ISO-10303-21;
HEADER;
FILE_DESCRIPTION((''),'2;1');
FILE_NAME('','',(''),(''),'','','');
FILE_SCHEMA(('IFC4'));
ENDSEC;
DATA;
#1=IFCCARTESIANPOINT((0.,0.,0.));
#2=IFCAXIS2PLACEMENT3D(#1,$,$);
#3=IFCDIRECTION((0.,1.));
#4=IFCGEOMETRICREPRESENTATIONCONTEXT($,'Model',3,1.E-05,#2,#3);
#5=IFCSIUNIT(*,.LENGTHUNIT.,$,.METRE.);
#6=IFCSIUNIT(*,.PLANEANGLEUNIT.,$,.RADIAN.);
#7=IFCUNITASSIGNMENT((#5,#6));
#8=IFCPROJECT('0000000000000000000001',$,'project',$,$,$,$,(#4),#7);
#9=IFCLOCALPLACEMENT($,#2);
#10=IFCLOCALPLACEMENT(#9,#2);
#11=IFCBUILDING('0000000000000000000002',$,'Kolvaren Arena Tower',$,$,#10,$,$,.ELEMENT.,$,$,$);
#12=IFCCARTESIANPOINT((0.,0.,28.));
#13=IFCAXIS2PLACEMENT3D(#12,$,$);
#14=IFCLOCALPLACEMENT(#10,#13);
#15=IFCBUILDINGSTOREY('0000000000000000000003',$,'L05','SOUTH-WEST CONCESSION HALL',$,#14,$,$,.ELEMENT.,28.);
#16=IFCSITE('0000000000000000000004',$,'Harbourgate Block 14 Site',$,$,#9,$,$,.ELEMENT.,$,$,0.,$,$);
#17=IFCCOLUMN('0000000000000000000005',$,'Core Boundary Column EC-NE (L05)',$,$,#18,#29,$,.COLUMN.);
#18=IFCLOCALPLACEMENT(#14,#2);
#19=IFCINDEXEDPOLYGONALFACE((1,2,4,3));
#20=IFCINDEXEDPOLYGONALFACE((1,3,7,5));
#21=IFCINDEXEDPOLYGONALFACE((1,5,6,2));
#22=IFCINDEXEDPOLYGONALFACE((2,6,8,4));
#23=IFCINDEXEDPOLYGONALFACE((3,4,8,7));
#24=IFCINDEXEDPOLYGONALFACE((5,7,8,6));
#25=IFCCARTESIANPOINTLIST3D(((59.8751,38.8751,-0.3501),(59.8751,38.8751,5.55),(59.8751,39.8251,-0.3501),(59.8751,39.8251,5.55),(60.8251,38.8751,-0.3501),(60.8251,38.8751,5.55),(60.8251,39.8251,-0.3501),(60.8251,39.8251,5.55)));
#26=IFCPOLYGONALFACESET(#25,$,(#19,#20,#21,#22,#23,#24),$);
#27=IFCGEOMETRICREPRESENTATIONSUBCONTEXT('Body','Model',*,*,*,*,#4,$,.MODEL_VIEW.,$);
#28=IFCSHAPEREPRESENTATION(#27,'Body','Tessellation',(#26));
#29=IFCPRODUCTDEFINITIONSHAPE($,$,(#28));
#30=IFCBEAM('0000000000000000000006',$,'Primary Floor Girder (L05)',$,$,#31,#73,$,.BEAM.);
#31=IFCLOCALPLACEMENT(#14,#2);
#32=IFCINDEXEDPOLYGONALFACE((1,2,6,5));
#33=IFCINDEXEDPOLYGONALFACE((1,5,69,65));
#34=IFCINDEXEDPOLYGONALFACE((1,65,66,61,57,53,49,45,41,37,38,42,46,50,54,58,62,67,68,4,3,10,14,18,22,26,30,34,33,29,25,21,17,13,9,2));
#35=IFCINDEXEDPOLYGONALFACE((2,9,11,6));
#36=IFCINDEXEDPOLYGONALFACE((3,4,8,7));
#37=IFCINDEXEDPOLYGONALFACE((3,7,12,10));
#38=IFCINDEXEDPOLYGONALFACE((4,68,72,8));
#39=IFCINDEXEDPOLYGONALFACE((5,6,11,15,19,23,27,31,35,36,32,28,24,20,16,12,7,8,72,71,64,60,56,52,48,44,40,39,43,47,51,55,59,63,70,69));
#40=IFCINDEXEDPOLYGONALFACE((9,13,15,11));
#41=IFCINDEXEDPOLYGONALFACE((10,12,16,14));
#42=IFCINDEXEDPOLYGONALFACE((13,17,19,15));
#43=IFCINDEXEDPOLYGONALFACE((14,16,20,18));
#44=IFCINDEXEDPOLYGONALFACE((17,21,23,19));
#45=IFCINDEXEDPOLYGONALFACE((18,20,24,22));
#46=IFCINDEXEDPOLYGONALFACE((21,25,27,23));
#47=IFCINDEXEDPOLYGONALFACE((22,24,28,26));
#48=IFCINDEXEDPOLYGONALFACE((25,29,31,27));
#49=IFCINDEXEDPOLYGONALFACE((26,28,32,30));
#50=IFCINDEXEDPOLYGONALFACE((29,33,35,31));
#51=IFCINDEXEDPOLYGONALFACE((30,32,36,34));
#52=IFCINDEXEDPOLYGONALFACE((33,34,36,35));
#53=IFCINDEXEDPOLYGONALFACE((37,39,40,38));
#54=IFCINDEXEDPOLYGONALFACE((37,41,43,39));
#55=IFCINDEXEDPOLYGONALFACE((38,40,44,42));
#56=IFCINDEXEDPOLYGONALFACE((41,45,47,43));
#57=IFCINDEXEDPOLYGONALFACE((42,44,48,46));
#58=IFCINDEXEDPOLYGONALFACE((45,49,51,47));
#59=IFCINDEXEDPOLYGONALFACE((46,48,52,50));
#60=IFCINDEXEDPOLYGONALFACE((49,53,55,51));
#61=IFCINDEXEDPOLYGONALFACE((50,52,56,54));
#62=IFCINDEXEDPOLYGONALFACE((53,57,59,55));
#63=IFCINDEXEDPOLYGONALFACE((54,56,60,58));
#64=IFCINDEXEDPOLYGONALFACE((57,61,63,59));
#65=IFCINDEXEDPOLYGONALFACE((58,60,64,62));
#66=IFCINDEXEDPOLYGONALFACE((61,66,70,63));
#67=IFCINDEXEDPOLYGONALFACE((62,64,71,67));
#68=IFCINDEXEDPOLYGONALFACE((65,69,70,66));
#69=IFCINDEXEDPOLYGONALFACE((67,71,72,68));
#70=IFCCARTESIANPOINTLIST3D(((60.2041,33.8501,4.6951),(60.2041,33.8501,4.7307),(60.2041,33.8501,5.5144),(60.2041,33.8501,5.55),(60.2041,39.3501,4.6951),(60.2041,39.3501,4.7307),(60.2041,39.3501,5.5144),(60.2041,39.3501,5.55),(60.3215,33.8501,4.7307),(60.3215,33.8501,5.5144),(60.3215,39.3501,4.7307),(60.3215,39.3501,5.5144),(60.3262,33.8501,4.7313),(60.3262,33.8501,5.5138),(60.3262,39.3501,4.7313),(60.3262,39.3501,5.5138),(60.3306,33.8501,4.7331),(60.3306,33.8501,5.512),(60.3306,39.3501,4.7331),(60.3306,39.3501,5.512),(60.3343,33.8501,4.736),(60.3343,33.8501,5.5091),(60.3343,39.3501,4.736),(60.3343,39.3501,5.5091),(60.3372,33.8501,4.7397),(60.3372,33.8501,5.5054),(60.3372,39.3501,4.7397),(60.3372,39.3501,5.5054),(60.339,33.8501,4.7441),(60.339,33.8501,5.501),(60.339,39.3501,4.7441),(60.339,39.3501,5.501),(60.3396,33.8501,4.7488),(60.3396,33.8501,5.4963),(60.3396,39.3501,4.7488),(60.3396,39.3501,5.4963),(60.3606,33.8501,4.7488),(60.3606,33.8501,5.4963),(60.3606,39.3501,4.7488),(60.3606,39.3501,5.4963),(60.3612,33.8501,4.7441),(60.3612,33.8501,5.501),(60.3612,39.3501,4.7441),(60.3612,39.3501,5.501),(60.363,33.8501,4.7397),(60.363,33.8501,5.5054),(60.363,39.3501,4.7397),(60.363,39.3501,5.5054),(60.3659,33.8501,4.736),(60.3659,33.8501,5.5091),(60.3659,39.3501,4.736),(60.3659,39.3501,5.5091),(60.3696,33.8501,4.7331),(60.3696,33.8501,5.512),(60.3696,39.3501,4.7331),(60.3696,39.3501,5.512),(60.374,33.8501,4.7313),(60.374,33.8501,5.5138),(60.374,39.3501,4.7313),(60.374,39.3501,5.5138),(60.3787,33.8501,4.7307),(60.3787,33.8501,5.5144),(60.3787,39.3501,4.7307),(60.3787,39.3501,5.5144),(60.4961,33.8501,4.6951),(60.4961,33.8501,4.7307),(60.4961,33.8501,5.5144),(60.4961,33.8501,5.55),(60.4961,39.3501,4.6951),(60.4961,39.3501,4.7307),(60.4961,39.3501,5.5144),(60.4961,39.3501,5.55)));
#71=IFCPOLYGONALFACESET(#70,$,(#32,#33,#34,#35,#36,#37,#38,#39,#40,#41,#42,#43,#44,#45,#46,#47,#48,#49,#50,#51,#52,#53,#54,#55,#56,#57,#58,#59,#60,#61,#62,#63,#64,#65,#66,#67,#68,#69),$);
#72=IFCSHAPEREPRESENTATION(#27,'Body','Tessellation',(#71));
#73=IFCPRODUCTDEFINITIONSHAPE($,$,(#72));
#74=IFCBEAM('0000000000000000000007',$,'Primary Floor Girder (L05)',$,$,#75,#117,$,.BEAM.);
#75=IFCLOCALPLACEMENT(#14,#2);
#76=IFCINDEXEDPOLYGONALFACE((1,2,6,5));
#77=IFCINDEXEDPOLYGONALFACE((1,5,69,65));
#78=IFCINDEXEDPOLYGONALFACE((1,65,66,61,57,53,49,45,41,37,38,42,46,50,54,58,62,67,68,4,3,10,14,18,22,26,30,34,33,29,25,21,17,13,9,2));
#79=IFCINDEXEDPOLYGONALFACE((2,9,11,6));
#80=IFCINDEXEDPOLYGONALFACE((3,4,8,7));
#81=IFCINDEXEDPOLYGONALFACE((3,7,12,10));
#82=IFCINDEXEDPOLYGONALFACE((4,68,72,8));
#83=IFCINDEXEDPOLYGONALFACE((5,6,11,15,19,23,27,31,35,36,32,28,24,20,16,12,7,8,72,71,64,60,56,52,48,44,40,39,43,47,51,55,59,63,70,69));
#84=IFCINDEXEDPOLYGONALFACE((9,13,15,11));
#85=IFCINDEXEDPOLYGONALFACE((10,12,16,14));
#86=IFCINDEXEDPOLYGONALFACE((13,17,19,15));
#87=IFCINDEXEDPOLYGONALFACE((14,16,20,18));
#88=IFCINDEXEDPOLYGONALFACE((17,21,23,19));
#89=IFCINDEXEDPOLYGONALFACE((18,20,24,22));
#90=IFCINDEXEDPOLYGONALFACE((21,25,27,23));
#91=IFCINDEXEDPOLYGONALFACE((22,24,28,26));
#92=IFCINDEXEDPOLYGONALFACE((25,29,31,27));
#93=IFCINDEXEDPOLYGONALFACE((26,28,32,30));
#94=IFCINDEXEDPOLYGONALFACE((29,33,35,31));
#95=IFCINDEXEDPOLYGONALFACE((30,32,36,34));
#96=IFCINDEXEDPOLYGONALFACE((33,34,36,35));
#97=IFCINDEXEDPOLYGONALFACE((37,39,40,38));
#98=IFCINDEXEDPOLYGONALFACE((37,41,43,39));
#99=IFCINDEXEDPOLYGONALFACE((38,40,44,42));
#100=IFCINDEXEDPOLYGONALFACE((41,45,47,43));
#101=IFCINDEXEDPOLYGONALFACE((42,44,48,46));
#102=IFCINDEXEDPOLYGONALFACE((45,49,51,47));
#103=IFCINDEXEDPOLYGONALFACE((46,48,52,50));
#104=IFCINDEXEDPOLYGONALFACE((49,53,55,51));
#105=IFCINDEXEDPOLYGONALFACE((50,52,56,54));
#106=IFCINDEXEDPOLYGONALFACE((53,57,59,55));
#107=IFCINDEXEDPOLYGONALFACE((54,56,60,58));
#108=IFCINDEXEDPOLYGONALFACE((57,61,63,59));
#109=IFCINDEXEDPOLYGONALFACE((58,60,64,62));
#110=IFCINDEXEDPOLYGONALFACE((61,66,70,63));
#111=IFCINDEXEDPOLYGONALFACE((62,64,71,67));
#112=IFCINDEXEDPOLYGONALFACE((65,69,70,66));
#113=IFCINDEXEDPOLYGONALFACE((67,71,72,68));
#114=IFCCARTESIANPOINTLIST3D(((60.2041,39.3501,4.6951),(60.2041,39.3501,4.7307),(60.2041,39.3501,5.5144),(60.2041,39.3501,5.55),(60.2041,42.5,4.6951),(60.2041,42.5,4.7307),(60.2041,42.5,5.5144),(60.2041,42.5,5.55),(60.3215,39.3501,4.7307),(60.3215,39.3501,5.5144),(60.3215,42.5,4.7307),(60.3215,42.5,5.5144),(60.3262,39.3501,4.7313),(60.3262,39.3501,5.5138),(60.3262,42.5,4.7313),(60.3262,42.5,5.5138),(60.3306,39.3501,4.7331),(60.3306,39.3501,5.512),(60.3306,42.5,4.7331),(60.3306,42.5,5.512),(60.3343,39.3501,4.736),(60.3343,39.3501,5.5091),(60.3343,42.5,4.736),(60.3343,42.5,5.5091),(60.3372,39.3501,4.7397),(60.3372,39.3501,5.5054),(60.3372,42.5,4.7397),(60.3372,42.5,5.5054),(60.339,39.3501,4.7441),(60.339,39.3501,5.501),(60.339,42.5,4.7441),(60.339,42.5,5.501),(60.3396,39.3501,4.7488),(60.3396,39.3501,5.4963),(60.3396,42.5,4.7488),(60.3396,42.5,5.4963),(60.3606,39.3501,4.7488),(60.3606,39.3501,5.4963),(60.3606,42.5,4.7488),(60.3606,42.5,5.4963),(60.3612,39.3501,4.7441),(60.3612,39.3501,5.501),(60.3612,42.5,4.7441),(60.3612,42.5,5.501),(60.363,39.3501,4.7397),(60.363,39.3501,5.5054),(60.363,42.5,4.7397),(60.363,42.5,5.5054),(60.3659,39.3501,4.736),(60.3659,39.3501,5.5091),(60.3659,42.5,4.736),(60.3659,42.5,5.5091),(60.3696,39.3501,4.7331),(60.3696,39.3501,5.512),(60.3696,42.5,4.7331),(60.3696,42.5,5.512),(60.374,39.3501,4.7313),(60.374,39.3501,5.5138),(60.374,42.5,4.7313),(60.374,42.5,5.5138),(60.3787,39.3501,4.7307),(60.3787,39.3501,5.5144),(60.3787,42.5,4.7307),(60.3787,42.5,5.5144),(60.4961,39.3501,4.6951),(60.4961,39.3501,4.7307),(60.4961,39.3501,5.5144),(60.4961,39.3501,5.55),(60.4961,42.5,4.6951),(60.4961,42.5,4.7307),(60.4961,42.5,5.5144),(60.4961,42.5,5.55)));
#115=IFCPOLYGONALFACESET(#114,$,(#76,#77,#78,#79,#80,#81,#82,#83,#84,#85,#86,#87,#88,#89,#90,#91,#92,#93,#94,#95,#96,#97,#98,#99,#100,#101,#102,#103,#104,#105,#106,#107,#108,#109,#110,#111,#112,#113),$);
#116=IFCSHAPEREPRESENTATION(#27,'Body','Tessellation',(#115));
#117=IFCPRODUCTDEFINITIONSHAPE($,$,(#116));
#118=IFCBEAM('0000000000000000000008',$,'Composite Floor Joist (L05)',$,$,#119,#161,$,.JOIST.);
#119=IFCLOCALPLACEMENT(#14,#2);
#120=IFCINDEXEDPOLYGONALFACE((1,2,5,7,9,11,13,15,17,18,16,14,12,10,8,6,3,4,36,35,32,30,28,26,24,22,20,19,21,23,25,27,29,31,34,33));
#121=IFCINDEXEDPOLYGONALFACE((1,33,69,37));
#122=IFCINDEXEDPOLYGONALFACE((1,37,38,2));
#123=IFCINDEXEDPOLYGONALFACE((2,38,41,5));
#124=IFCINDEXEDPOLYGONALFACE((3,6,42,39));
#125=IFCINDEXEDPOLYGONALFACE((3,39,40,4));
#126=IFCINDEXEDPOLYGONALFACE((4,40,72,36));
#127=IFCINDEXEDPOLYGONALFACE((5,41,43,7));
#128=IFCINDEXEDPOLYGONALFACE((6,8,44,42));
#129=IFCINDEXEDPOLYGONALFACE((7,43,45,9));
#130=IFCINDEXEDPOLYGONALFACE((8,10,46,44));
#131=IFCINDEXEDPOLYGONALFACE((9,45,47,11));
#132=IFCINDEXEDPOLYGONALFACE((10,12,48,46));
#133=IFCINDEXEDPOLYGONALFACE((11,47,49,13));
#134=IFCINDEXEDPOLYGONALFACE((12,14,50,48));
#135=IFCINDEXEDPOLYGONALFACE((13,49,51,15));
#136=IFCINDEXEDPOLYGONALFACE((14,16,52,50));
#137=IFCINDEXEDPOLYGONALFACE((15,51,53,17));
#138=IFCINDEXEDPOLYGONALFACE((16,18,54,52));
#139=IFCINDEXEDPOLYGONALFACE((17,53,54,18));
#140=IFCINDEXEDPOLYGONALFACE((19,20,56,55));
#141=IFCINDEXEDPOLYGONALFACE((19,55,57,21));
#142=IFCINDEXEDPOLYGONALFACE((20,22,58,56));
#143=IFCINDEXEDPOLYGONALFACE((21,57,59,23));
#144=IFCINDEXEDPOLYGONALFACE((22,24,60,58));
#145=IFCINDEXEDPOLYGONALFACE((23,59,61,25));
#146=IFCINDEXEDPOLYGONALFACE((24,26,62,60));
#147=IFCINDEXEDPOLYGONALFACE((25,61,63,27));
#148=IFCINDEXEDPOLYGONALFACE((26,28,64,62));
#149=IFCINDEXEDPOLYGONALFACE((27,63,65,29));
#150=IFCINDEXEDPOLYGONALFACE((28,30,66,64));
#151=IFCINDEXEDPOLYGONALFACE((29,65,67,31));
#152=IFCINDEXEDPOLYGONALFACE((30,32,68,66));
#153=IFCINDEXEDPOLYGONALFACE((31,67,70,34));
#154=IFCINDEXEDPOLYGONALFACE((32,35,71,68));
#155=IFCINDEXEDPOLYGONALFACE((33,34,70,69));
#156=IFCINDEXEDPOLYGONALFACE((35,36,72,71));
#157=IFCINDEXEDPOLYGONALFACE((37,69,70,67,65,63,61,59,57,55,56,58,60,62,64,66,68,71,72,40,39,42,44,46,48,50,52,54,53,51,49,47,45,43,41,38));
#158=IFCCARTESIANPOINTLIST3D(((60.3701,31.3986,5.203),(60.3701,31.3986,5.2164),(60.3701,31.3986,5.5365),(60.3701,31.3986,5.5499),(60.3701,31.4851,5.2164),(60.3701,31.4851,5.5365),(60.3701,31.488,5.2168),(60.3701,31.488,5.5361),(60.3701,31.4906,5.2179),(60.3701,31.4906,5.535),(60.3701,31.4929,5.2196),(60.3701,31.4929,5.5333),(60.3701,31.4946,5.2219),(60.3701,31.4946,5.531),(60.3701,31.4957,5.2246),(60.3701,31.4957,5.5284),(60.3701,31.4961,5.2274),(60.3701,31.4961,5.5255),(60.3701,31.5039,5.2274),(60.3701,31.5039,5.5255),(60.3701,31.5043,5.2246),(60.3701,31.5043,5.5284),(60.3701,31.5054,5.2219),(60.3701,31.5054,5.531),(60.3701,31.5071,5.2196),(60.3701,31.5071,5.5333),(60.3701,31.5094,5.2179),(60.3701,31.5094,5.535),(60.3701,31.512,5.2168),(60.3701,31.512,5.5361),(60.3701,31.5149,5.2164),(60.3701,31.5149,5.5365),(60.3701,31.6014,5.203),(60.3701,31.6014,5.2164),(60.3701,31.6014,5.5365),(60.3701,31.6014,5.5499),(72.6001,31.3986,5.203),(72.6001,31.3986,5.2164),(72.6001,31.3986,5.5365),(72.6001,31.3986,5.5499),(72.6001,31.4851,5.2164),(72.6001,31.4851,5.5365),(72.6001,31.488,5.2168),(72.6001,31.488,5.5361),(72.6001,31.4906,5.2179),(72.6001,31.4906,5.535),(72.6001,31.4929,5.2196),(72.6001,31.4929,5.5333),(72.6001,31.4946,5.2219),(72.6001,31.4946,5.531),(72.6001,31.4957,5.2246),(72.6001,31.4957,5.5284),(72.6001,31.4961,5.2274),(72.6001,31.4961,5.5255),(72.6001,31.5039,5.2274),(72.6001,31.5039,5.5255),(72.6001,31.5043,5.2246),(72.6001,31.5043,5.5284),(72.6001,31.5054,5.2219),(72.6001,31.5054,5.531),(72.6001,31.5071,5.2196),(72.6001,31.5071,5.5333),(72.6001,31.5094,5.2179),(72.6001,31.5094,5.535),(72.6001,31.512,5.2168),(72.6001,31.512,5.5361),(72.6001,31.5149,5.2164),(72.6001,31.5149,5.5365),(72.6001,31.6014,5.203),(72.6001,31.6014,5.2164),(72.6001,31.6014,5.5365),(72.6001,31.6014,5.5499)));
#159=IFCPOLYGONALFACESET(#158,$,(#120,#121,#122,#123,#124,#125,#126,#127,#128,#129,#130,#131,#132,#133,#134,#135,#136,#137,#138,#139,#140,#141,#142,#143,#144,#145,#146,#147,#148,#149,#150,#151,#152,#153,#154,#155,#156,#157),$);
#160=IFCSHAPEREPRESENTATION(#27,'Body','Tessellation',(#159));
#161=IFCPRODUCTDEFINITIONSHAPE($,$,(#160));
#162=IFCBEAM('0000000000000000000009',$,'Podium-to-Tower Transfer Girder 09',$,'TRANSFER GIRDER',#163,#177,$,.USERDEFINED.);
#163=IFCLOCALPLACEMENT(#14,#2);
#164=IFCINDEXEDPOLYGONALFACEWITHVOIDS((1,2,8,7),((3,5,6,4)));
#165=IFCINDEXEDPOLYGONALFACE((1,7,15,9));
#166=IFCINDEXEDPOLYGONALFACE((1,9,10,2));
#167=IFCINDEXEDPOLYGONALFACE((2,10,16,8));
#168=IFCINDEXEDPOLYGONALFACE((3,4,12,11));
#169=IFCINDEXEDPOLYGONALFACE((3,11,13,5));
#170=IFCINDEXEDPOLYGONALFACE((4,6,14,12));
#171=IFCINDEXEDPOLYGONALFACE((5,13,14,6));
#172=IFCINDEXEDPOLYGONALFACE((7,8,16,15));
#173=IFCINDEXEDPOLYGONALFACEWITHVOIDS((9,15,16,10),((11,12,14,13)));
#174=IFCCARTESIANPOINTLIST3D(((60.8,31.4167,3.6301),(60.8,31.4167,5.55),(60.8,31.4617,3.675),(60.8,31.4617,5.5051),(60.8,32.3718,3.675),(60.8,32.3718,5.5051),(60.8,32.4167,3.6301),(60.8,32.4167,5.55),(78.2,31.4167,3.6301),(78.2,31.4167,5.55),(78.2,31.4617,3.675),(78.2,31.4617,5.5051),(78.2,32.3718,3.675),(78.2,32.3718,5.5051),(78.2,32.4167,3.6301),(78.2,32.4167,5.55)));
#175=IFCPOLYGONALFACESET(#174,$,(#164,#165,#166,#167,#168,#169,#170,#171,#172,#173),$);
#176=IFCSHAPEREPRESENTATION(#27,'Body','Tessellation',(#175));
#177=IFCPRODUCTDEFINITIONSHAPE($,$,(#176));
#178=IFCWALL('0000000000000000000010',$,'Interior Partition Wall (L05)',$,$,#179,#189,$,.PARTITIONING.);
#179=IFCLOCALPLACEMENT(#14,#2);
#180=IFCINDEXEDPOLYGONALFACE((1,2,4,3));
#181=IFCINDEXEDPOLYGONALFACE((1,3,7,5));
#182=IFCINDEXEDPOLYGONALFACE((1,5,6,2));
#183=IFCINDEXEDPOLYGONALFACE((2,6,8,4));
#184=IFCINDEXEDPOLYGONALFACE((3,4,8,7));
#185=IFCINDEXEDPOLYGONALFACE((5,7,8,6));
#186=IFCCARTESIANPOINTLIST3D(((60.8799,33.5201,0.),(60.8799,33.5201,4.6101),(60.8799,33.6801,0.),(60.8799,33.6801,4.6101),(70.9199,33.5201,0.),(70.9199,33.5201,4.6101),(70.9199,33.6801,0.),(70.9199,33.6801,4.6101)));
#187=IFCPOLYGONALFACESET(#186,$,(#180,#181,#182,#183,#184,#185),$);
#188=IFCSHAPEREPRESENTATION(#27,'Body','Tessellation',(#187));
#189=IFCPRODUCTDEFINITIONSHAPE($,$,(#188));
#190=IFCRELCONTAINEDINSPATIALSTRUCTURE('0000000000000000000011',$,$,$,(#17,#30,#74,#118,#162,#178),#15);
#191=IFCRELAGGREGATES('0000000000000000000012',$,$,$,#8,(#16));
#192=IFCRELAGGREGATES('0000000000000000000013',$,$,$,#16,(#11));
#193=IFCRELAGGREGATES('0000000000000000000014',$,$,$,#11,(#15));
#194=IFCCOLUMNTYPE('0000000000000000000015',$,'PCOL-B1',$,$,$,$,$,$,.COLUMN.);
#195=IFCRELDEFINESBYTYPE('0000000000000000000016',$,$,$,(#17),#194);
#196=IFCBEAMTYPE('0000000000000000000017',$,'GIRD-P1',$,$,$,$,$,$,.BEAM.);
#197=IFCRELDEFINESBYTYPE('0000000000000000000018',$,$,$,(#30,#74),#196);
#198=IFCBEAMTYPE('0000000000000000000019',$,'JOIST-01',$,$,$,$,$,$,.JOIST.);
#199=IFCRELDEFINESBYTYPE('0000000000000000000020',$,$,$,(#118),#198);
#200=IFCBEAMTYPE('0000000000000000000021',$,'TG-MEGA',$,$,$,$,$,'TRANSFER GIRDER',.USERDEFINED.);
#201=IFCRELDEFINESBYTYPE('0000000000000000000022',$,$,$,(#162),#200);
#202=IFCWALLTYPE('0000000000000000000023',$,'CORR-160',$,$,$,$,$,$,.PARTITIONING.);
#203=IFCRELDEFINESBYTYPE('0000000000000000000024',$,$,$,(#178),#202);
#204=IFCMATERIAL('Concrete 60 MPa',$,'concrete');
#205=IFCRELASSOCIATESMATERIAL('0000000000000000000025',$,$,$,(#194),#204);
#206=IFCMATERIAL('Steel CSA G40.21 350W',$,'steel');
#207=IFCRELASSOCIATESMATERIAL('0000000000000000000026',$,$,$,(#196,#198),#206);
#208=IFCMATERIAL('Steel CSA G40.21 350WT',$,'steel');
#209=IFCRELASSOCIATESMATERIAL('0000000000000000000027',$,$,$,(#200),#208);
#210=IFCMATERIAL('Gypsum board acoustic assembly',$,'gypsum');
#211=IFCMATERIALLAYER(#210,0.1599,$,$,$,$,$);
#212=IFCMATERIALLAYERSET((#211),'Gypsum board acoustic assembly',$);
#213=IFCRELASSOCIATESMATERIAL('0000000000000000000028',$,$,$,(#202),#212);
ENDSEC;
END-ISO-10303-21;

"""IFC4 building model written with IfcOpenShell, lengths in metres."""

from ifc_helpers import new_model, si_unit, direction, frame, frame_2d, origin, origin_2d, place, context, subcontext, project, spatial, rectangle, hollow_rectangle, i_section, extrude, material, layer, layer_set, material_profile, profile_set, type_object, element, save


model = new_model("IFC4")

# Units and contexts
model_context = context("Model", 3, precision=1e-05, world=origin(), true_north=direction((0.0, 1.0)))
body_context = subcontext(model_context, "Body", "Model", "MODEL_VIEW")
ifc_project = project(units=[si_unit("LENGTHUNIT", "METRE"), si_unit("PLANEANGLEUNIT", "RADIAN")], contexts=[model_context])

# Site, building, storey
site_placement = place(None, origin())
site = spatial("IfcSite", under=ifc_project, at=site_placement, Name="Harbourgate Block 14 Site", CompositionType="ELEMENT", RefElevation=0.0)
building_placement = place(site_placement, origin())
building = spatial("IfcBuilding", under=site, at=building_placement, Name="Kolvaren Arena Tower", CompositionType="ELEMENT")
storey_placement = place(building_placement, frame((0.0, 0.0, 28.0)))
storey = spatial("IfcBuildingStorey", under=building, at=storey_placement, Name="L05", Description="SOUTH-WEST CONCESSION HALL", CompositionType="ELEMENT", Elevation=28.0)

# Column
ifc_material_1 = material(Name="Concrete 60 MPa", Category="concrete")
ifc_material_profile_1 = material_profile(ifc_material_1, rectangle(XDim=0.95, YDim=0.95, at=origin_2d()), Name="RC-950x950")
ifc_profile_set_1 = profile_set([ifc_material_profile_1], Name="Concrete 60 MPa")
column_type = type_object("IfcColumnType", Name="PCOL-B1", PredefinedType="COLUMN", material=ifc_profile_set_1)
column_placement = place(storey_placement, frame((60.3501, 39.3501, -0.3501), z_axis=(0.0, 0.0, 1.0), x_axis=(1.0, 0.0, 0.0)))
element("IfcColumn", 1, at=column_placement, inside=storey, type_object=column_type, Name="Core Boundary Column EC-NE (L05)", PredefinedType="COLUMN", context=body_context, shape_type="SweptSolid", body=[
    extrude(rectangle(XDim=0.95, YDim=0.95, at=origin_2d()), origin(), (0.0, 0.0, 1.0), 5.9001),
])

# Beams
ifc_material_2 = material(Name="Steel CSA G40.21 350W", Category="steel")
ifc_material_profile_2 = material_profile(ifc_material_2, i_section(OverallWidth=0.292, OverallDepth=0.855, WebThickness=0.021, FlangeThickness=0.0356, FilletRadius=0.0181, at=origin_2d()), Name="W840x299")
ifc_profile_set_2 = profile_set([ifc_material_profile_2], Name="Steel CSA G40.21 350W")
beam_type_1 = type_object("IfcBeamType", Name="GIRD-P1", PredefinedType="BEAM", material=ifc_profile_set_2)
beam_1_placement = place(storey_placement, frame((60.3501, 33.8501, 5.1226), z_axis=(0.0, 1.0, 0.0), x_axis=(-1.0, 0.0, 0.0)))
element("IfcBeam", 2, at=beam_1_placement, inside=storey, type_object=beam_type_1, Name="Primary Floor Girder (L05)", PredefinedType="BEAM", context=body_context, shape_type="SweptSolid", body=[
    extrude(i_section(OverallWidth=0.292, OverallDepth=0.855, WebThickness=0.021, FlangeThickness=0.0356, FilletRadius=0.0181, at=origin_2d()), origin(), (0.0, 0.0, 1.0), 5.5),
])
beam_2_placement = place(storey_placement, frame((60.3501, 39.3501, 5.1226), z_axis=(0.0, 1.0, 0.0), x_axis=(-1.0, 0.0, 0.0)))
element("IfcBeam", 3, at=beam_2_placement, inside=storey, type_object=beam_type_1, Name="Primary Floor Girder (L05)", PredefinedType="BEAM", context=body_context, shape_type="SweptSolid", body=[
    extrude(i_section(OverallWidth=0.292, OverallDepth=0.855, WebThickness=0.021, FlangeThickness=0.0356, FilletRadius=0.0181, at=origin_2d()), origin(), (0.0, 0.0, 1.0), 3.1499),
])
ifc_material_profile_3 = material_profile(ifc_material_2, i_section(OverallWidth=0.2029, OverallDepth=0.3469, WebThickness=0.0078, FlangeThickness=0.0134, FilletRadius=0.011, at=origin_2d()), Name="W360x64")
ifc_profile_set_3 = profile_set([ifc_material_profile_3], Name="Steel CSA G40.21 350W")
beam_type_2 = type_object("IfcBeamType", Name="JOIST-01", PredefinedType="JOIST", material=ifc_profile_set_3)
beam_3_placement = place(storey_placement, frame((60.3701, 31.5, 5.3765), z_axis=(1.0, 0.0, 0.0), x_axis=(0.0, 1.0, 0.0)))
element("IfcBeam", 4, at=beam_3_placement, inside=storey, type_object=beam_type_2, Name="Composite Floor Joist (L05)", PredefinedType="JOIST", context=body_context, shape_type="SweptSolid", body=[
    extrude(i_section(OverallWidth=0.2029, OverallDepth=0.3469, WebThickness=0.0078, FlangeThickness=0.0134, FilletRadius=0.011, at=origin_2d()), origin(), (0.0, 0.0, 1.0), 12.23),
])
ifc_material_3 = material(Name="Steel CSA G40.21 350WT", Category="steel")
ifc_material_profile_4 = material_profile(ifc_material_3, hollow_rectangle(XDim=1.0, YDim=1.9199, WallThickness=0.0449, at=origin_2d()), Name="BOX 1000x1920x45")
ifc_profile_set_4 = profile_set([ifc_material_profile_4], Name="Steel CSA G40.21 350WT")
beam_type_3 = type_object("IfcBeamType", Name="TG-MEGA", ElementType="TRANSFER GIRDER", PredefinedType="USERDEFINED", material=ifc_profile_set_4)
beam_4_placement = place(storey_placement, frame((60.8, 31.9167, 4.5901), z_axis=(1.0, 0.0, 0.0), x_axis=(0.0, 1.0, 0.0)))
element("IfcBeam", 5, at=beam_4_placement, inside=storey, type_object=beam_type_3, Name="Podium-to-Tower Transfer Girder 09", ObjectType="TRANSFER GIRDER", PredefinedType="USERDEFINED", context=body_context, shape_type="SweptSolid", body=[
    extrude(hollow_rectangle(XDim=1.0, YDim=1.9199, WallThickness=0.0449, at=origin_2d()), origin(), (0.0, 0.0, 1.0), 17.3999),
])

# Wall
ifc_material_4 = material(Name="Gypsum board acoustic assembly", Category="gypsum")
ifc_layer_1 = layer(ifc_material_4, 0.1599)
ifc_layer_set_1 = layer_set([ifc_layer_1], Name="Gypsum board acoustic assembly")
wall_type_1 = type_object("IfcWallType", Name="CORR-160", PredefinedType="PARTITIONING", material=ifc_layer_set_1)
wall_1_placement = place(storey_placement, frame((60.8799, 33.6001, 0.0), z_axis=(0.0, 0.0, 1.0), x_axis=(1.0, 0.0, 0.0)))
element("IfcWall", 6, at=wall_1_placement, inside=storey, type_object=wall_type_1, Name="Interior Partition Wall (L05)", PredefinedType="PARTITIONING", context=body_context, shape_type="SweptSolid", body=[
    extrude(rectangle(XDim=10.04, YDim=0.1599, at=frame_2d((5.02, 0.0))), origin(), (0.0, 0.0, 1.0), 4.6101),
])

save(model, "model.ifc")
